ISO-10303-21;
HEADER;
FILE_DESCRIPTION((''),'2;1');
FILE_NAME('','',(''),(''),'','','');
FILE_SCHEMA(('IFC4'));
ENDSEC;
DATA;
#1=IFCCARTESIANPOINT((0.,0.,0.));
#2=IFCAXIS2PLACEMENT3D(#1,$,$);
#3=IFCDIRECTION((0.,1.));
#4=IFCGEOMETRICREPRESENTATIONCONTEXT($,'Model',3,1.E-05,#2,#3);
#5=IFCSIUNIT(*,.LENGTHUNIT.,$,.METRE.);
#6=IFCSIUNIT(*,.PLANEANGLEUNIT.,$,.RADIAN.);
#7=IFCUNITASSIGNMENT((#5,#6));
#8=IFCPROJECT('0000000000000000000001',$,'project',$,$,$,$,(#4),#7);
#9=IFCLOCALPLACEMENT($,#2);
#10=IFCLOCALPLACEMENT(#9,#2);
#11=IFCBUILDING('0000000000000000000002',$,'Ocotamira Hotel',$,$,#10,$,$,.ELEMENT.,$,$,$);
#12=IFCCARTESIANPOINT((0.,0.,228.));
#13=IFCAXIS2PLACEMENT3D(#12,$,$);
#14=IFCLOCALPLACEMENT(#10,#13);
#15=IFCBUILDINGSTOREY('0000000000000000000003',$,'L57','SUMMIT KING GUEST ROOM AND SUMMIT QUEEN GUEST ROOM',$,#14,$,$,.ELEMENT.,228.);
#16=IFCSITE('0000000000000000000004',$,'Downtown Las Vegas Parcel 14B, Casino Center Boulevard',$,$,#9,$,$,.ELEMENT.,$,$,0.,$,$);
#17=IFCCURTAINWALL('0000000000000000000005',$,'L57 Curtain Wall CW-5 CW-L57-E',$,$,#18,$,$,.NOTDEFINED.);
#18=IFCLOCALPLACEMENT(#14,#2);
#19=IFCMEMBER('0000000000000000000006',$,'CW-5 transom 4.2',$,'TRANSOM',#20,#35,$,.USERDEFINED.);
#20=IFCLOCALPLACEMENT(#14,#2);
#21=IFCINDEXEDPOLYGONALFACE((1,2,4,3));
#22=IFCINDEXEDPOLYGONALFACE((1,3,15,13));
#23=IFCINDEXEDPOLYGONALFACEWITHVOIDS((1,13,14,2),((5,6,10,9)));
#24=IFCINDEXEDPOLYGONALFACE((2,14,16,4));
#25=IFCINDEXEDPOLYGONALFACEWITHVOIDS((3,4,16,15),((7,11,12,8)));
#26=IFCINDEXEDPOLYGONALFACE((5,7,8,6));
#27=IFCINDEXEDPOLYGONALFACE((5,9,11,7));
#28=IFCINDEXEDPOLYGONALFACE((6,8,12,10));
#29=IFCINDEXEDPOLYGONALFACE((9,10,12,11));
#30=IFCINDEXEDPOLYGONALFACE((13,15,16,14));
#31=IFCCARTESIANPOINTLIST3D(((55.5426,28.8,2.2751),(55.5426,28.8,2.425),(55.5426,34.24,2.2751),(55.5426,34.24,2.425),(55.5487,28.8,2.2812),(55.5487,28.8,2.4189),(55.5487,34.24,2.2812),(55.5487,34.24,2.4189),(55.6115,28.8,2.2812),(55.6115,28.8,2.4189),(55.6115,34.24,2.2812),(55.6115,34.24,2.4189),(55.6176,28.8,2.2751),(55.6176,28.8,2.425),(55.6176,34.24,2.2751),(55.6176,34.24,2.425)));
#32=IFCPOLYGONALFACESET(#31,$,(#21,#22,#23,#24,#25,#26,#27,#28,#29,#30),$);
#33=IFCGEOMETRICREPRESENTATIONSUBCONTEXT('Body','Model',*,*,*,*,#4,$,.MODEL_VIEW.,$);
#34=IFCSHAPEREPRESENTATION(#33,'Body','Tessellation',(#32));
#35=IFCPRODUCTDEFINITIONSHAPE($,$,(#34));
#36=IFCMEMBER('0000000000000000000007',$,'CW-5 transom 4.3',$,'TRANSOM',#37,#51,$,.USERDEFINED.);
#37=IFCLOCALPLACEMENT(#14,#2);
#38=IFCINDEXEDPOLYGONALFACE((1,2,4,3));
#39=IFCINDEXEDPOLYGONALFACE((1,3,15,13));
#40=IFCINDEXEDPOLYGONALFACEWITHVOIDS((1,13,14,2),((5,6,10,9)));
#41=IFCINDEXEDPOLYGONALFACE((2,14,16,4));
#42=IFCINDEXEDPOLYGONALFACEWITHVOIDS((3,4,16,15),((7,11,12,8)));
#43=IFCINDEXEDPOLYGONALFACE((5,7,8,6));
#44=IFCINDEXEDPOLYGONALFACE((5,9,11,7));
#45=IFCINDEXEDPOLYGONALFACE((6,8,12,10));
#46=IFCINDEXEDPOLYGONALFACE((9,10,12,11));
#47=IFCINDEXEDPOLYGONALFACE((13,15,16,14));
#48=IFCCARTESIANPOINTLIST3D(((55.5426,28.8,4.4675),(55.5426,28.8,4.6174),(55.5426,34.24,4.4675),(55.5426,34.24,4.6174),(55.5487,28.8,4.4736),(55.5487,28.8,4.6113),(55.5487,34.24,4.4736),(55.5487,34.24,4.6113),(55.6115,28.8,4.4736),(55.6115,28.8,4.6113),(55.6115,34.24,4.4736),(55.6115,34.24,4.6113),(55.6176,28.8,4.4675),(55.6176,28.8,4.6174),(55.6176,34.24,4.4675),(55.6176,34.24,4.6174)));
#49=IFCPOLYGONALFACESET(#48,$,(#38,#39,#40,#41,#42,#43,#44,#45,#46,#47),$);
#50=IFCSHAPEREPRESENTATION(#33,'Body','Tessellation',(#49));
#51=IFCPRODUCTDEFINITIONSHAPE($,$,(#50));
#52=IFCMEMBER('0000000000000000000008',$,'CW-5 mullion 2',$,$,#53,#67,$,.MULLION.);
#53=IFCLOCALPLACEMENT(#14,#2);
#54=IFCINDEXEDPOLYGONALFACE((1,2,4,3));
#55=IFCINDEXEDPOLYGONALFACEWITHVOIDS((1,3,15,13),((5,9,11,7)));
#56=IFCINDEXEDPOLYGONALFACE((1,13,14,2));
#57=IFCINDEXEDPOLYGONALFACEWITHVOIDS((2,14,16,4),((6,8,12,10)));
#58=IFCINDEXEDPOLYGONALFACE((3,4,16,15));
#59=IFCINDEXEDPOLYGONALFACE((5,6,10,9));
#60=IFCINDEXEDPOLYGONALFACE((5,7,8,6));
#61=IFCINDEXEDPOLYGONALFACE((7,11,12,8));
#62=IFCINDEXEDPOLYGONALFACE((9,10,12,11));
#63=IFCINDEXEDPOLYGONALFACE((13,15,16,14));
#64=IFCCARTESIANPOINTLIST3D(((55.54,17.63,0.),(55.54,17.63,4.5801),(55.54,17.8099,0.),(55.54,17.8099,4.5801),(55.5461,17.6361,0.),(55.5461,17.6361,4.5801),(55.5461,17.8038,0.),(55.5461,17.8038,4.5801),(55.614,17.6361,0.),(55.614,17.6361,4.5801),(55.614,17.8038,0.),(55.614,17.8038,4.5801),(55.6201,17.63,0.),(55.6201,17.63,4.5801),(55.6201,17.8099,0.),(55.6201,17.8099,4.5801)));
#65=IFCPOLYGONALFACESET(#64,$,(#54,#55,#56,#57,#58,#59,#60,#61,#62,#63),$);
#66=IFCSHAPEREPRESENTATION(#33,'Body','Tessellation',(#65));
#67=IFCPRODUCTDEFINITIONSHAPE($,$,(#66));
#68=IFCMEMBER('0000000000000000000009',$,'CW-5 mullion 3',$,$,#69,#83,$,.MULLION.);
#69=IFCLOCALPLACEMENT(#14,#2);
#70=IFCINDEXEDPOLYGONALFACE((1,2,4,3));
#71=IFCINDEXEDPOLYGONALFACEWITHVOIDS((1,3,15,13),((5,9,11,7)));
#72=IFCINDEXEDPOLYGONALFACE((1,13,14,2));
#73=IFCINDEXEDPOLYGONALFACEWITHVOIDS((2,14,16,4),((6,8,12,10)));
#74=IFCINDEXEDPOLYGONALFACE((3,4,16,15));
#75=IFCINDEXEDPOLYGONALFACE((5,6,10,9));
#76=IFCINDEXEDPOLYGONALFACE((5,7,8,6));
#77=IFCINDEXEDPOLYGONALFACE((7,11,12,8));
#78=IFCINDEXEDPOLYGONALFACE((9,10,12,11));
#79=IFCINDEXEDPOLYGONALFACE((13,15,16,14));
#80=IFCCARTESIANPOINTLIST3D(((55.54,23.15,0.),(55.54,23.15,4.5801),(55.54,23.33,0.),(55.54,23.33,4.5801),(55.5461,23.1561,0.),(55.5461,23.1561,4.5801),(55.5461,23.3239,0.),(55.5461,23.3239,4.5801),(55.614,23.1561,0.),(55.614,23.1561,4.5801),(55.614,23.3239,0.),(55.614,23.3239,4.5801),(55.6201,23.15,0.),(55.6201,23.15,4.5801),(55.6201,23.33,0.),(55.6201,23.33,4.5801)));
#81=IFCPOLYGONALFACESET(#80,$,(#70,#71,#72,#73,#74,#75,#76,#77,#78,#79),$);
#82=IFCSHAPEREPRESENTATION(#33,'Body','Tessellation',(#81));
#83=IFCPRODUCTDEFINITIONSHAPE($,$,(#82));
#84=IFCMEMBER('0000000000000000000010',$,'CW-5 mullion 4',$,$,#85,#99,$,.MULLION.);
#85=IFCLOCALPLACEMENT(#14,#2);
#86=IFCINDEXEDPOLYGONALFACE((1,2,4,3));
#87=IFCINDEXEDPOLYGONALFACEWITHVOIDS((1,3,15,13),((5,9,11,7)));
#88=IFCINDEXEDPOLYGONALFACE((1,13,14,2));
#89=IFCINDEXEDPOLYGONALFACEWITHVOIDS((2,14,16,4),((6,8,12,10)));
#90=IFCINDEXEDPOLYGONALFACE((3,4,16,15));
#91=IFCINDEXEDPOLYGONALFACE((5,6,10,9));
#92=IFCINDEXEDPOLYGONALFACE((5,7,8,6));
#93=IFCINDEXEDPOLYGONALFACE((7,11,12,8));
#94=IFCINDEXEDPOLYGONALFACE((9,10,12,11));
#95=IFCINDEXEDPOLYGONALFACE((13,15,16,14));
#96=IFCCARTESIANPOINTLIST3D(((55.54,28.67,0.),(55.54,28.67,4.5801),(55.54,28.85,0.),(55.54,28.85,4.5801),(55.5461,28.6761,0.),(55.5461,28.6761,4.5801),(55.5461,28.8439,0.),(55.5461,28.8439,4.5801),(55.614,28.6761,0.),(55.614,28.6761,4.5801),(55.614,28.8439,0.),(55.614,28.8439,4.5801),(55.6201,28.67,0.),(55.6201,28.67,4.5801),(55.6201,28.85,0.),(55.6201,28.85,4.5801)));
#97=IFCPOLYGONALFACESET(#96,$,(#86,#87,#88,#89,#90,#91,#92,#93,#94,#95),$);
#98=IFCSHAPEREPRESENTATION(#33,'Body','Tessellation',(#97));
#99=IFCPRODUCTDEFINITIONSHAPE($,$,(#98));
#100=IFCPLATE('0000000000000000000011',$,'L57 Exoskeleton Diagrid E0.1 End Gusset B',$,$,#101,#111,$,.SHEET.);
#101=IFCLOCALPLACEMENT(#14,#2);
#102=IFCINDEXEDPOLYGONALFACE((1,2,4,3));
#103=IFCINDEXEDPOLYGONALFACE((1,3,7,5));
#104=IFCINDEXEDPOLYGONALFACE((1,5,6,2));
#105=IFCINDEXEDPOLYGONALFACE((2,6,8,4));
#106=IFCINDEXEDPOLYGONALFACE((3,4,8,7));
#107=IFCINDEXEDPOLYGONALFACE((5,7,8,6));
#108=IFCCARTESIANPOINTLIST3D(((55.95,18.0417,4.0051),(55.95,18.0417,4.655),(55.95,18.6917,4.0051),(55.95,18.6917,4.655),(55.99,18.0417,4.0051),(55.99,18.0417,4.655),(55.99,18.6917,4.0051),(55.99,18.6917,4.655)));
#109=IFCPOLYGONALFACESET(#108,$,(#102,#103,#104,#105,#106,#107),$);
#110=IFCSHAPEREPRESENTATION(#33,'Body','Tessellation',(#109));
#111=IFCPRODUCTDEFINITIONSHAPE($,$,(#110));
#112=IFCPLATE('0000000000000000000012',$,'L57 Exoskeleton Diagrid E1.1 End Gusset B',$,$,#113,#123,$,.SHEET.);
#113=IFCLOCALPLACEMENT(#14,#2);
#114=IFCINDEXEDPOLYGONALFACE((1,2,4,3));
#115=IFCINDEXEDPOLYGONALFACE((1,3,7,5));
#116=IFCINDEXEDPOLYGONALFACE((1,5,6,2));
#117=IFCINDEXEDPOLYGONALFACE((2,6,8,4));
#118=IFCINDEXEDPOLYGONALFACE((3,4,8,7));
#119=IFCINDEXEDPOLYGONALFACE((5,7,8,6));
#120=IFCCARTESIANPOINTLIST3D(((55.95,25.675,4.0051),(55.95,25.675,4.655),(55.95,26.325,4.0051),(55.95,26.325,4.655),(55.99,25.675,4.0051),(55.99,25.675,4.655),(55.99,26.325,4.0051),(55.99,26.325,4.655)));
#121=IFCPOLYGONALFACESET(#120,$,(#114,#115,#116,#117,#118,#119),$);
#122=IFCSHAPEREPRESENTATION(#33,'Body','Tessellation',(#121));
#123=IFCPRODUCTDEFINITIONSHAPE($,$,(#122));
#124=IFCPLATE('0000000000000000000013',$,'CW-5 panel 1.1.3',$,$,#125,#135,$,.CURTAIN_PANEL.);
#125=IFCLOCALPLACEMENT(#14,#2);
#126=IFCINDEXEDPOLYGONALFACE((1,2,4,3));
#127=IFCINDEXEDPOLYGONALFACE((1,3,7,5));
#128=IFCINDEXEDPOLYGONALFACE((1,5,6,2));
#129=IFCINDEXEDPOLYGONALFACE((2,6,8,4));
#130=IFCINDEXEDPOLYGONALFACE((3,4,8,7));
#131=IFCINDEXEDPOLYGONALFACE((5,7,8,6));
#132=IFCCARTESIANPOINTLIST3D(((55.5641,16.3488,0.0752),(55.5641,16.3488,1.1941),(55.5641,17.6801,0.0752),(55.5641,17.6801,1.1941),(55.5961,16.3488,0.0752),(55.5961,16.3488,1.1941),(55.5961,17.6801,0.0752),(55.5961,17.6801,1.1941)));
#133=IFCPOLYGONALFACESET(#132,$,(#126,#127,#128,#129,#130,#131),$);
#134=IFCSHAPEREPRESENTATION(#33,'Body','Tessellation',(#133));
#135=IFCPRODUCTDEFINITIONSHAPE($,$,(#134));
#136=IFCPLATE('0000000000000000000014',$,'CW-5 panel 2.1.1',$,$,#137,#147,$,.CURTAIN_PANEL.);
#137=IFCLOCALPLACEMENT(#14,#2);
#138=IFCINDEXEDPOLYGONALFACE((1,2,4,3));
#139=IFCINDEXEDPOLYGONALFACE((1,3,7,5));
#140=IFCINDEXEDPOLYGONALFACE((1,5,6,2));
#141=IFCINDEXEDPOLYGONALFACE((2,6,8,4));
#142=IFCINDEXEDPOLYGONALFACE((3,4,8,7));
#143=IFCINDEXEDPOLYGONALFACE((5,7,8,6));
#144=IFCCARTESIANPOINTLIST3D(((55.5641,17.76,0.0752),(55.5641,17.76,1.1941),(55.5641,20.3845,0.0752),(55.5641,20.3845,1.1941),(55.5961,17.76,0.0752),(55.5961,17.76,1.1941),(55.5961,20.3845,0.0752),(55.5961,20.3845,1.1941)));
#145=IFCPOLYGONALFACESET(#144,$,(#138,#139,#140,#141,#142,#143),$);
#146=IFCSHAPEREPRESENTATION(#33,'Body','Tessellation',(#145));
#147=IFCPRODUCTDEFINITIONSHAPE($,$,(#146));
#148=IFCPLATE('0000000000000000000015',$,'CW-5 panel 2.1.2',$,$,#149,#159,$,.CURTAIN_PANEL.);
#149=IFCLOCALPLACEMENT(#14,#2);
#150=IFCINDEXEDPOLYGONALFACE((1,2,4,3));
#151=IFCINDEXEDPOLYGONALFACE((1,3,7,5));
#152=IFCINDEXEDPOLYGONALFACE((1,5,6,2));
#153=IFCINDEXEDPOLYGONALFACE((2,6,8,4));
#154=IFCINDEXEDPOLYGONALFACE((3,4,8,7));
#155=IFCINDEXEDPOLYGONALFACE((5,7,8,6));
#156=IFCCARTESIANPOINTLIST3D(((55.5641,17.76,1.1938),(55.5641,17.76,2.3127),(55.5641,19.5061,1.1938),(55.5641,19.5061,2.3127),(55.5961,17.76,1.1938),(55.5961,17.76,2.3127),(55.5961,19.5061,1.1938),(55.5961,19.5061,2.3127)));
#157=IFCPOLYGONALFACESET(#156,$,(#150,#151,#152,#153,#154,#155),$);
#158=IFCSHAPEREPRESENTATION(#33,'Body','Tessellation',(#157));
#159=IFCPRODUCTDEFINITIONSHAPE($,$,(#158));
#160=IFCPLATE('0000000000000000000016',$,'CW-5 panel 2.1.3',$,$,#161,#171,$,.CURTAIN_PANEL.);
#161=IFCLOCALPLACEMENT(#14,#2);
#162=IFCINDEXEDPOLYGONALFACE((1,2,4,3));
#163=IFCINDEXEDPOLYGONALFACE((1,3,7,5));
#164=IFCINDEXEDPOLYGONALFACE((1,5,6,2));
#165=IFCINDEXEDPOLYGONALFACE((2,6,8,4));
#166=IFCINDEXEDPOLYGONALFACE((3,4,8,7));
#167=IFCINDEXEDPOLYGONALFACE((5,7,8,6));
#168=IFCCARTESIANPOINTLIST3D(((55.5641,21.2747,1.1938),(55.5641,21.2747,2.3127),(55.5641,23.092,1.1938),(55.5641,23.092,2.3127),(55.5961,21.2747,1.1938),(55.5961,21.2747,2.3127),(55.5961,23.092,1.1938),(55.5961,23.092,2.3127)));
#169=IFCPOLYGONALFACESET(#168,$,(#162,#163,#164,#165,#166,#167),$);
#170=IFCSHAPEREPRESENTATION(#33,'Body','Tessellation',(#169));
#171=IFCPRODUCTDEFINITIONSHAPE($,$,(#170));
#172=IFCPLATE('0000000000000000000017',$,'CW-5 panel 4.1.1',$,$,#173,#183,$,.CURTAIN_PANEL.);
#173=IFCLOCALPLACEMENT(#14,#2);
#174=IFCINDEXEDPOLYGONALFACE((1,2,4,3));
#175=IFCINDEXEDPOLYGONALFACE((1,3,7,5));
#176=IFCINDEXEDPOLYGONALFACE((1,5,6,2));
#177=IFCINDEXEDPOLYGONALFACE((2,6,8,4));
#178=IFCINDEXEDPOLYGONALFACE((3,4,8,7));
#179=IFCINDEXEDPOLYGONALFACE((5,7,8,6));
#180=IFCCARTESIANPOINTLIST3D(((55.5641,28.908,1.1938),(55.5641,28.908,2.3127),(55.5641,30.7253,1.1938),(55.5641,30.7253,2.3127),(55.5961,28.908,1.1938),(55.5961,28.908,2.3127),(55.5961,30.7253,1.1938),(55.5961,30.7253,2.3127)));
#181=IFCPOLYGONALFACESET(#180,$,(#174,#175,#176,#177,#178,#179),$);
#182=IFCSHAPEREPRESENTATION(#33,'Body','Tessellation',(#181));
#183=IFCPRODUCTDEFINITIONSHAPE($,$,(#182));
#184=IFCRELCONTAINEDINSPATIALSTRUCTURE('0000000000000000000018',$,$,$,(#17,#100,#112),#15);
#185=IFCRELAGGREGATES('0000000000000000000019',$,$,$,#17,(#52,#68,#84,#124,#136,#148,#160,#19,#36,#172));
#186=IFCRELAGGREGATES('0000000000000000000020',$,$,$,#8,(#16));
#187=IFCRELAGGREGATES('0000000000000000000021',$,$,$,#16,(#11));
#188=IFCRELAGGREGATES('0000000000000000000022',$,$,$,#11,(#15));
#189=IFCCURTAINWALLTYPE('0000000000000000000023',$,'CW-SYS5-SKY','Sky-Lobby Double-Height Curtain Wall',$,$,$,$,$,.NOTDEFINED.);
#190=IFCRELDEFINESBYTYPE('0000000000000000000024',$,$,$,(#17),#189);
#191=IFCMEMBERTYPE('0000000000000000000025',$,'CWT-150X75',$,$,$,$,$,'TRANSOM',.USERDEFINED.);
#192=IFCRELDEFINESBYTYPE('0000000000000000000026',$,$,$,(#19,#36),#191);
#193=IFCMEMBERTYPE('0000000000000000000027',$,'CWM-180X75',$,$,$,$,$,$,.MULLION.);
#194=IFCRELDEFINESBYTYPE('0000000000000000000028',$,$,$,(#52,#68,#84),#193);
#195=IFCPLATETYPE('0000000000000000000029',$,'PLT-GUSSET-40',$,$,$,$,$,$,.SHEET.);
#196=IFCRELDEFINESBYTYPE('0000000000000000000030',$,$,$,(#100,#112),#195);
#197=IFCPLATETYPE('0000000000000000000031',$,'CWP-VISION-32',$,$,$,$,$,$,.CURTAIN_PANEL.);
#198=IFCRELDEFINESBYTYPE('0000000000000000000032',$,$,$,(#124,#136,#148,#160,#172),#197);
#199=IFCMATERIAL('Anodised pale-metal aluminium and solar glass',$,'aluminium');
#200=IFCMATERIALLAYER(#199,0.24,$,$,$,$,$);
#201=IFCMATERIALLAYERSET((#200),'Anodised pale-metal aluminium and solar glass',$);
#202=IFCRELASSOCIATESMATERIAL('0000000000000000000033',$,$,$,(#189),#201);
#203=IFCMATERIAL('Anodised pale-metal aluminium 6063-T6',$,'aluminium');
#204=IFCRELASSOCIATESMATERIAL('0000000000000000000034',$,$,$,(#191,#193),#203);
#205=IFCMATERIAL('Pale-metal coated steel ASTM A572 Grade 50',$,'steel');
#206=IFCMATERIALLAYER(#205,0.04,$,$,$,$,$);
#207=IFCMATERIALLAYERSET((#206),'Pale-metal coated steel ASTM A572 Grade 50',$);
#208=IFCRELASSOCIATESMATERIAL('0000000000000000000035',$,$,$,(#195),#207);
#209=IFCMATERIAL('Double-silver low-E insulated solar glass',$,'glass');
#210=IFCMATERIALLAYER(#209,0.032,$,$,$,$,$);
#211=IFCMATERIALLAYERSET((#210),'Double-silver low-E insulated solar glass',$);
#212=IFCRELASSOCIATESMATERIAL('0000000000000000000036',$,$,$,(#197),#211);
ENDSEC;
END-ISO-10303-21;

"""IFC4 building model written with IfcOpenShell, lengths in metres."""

from ifc_helpers import new_model, si_unit, direction, frame, origin, origin_2d, place, context, subcontext, project, spatial, rectangle, hollow_rectangle, extrude, source, transform, mapped, material, layer, layer_set, material_profile, profile_set, type_object, element, aggregate, save


model = new_model("IFC4")

# Units and contexts
model_context = context("Model", 3, precision=1e-05, world=origin(), true_north=direction((0.0, 1.0)))
body_context = subcontext(model_context, "Body", "Model", "MODEL_VIEW")
ifc_project = project(units=[si_unit("LENGTHUNIT", "METRE"), si_unit("PLANEANGLEUNIT", "RADIAN")], contexts=[model_context])

# Site, building, storey
site_placement = place(None, origin())
site = spatial("IfcSite", under=ifc_project, at=site_placement, Name="Downtown Las Vegas Parcel 14B, Casino Center Boulevard", CompositionType="ELEMENT", RefElevation=0.0)
building_placement = place(site_placement, origin())
building = spatial("IfcBuilding", under=site, at=building_placement, Name="Ocotamira Hotel", CompositionType="ELEMENT")
storey_placement = place(building_placement, frame((0.0, 0.0, 228.0)))
storey = spatial("IfcBuildingStorey", under=building, at=storey_placement, Name="L57", Description="SUMMIT KING GUEST ROOM AND SUMMIT QUEEN GUEST ROOM", CompositionType="ELEMENT", Elevation=228.0)

# Curtain wall, members
ifc_material_1 = material(Name="Anodised pale-metal aluminium and solar glass", Category="aluminium")
ifc_layer_1 = layer(ifc_material_1, 0.24)
ifc_layer_set_1 = layer_set([ifc_layer_1], Name="Anodised pale-metal aluminium and solar glass")
curtain_wall_type = type_object("IfcCurtainWallType", Name="CW-SYS5-SKY", Description="Sky-Lobby Double-Height Curtain Wall", PredefinedType="NOTDEFINED", material=ifc_layer_set_1)
curtain_wall_placement = place(storey_placement, origin())
curtain_wall = element("IfcCurtainWall", 1, at=curtain_wall_placement, inside=storey, type_object=curtain_wall_type, Name="L57 Curtain Wall CW-5 CW-L57-E", PredefinedType="NOTDEFINED")
ifc_material_2 = material(Name="Anodised pale-metal aluminium 6063-T6", Category="aluminium")
ifc_material_profile_1 = material_profile(ifc_material_2, hollow_rectangle(XDim=0.075, YDim=0.1499, WallThickness=0.0061, at=origin_2d()), Name="HSS150X75X6")
ifc_profile_set_1 = profile_set([ifc_material_profile_1], Name="Anodised pale-metal aluminium 6063-T6")
member_type_1 = type_object("IfcMemberType", Name="CWT-150X75", ElementType="TRANSOM", PredefinedType="USERDEFINED", material=ifc_profile_set_1)
shared_shape_1 = source(origin(), body_context, "Body", "SweptSolid", [
    extrude(hollow_rectangle(XDim=0.075, YDim=0.1499, WallThickness=0.0061, at=origin_2d()), origin(), (0.0, 0.0, 1.0), 5.4399),
])
member_1_placement = place(storey_placement, frame((55.5801, 28.8, 2.3501), z_axis=(0.0, 1.0, 0.0), x_axis=(-1.0, 0.0, 0.0)))
member_1 = element("IfcMember", 2, at=member_1_placement, type_object=member_type_1, Name="CW-5 transom 4.2", ObjectType="TRANSOM", PredefinedType="USERDEFINED", context=body_context, shape_type="MappedRepresentation", body=[
    mapped(shared_shape_1, transform((0.0, 0.0, 0.0), scale=1.0)),
])
member_2_placement = place(storey_placement, frame((55.5801, 28.8, 4.5425), z_axis=(0.0, 1.0, 0.0), x_axis=(-1.0, 0.0, 0.0)))
member_2 = element("IfcMember", 3, at=member_2_placement, type_object=member_type_1, Name="CW-5 transom 4.3", ObjectType="TRANSOM", PredefinedType="USERDEFINED", context=body_context, shape_type="MappedRepresentation", body=[
    mapped(shared_shape_1, transform((0.0, 0.0, 0.0), scale=1.0)),
])
ifc_material_profile_2 = material_profile(ifc_material_2, hollow_rectangle(XDim=0.0801, YDim=0.1799, WallThickness=0.0061, at=origin_2d()), Name="HSS180X80X6")
ifc_profile_set_2 = profile_set([ifc_material_profile_2], Name="Anodised pale-metal aluminium 6063-T6")
member_type_2 = type_object("IfcMemberType", Name="CWM-180X75", PredefinedType="MULLION", material=ifc_profile_set_2)
shared_shape_2 = source(origin(), body_context, "Body", "SweptSolid", [
    extrude(hollow_rectangle(XDim=0.0801, YDim=0.1799, WallThickness=0.0061, at=origin_2d()), origin(), (0.0, 0.0, 1.0), 4.5801),
])
member_3_placement = place(storey_placement, frame((55.5801, 17.72, 0.0), z_axis=(0.0, 0.0, 1.0), x_axis=(-1.0, 0.0, 0.0)))
member_3 = element("IfcMember", 4, at=member_3_placement, type_object=member_type_2, Name="CW-5 mullion 2", PredefinedType="MULLION", context=body_context, shape_type="MappedRepresentation", body=[
    mapped(shared_shape_2, transform((0.0, 0.0, 0.0), scale=1.0)),
])
member_4_placement = place(storey_placement, frame((55.5801, 23.24, 0.0), z_axis=(0.0, 0.0, 1.0), x_axis=(-1.0, 0.0, 0.0)))
member_4 = element("IfcMember", 5, at=member_4_placement, type_object=member_type_2, Name="CW-5 mullion 3", PredefinedType="MULLION", context=body_context, shape_type="MappedRepresentation", body=[
    mapped(shared_shape_2, transform((0.0, 0.0, 0.0), scale=1.0)),
])
member_5_placement = place(storey_placement, frame((55.5801, 28.76, 0.0), z_axis=(0.0, 0.0, 1.0), x_axis=(-1.0, 0.0, 0.0)))
member_5 = element("IfcMember", 6, at=member_5_placement, type_object=member_type_2, Name="CW-5 mullion 4", PredefinedType="MULLION", context=body_context, shape_type="MappedRepresentation", body=[
    mapped(shared_shape_2, transform((0.0, 0.0, 0.0), scale=1.0)),
])

# Plates
ifc_material_3 = material(Name="Pale-metal coated steel ASTM A572 Grade 50", Category="steel")
ifc_layer_2 = layer(ifc_material_3, 0.04)
ifc_layer_set_2 = layer_set([ifc_layer_2], Name="Pale-metal coated steel ASTM A572 Grade 50")
plate_type_1 = type_object("IfcPlateType", Name="PLT-GUSSET-40", PredefinedType="SHEET", material=ifc_layer_set_2)
shared_shape_3 = source(origin(), body_context, "Body", "SweptSolid", [
    extrude(rectangle(XDim=0.04, YDim=0.6499, at=origin_2d()), origin(), (0.0, 0.0, 1.0), 0.6499),
])
for number, where, z_axis, x_axis, name in (
    (7, (55.97, 18.3667, 4.0051), (0.0, 0.0, 1.0), (1.0, 0.0, 0.0), "L57 Exoskeleton Diagrid E0.1 End Gusset B"),
    (8, (55.97, 26.0, 4.0051), (0.0, 0.0, 1.0), (1.0, 0.0, 0.0), "L57 Exoskeleton Diagrid E1.1 End Gusset B"),
):
    element("IfcPlate", number, at=place(storey_placement, frame(where, z_axis=z_axis, x_axis=x_axis)), inside=storey, type_object=plate_type_1, Name=name, PredefinedType="SHEET", context=body_context, shape_type="MappedRepresentation", body=[
        mapped(shared_shape_3, transform((0.0, 0.0, 0.0), scale=1.0)),
    ])

# Plates
ifc_material_4 = material(Name="Double-silver low-E insulated solar glass", Category="glass")
ifc_layer_3 = layer(ifc_material_4, 0.032)
ifc_layer_set_3 = layer_set([ifc_layer_3], Name="Double-silver low-E insulated solar glass")
plate_type_2 = type_object("IfcPlateType", Name="CWP-VISION-32", PredefinedType="CURTAIN_PANEL", material=ifc_layer_set_3)
shared_shape_4 = source(origin(), body_context, "Body", "SweptSolid", [
    extrude(rectangle(XDim=1.3313, YDim=0.032, at=origin_2d()), origin(), (0.0, 0.0, 1.0), 1.1189),
])
plate_1_placement = place(storey_placement, frame((55.5801, 17.0144, 0.0752), z_axis=(0.0, 0.0, 1.0), x_axis=(0.0, 1.0, 0.0)))
plate_1 = element("IfcPlate", 9, at=plate_1_placement, type_object=plate_type_2, Name="CW-5 panel 1.1.3", PredefinedType="CURTAIN_PANEL", context=body_context, shape_type="MappedRepresentation", body=[
    mapped(shared_shape_4, transform((0.0, 0.0, 0.0), scale=1.0)),
])
shared_shape_5 = source(origin(), body_context, "Body", "SweptSolid", [
    extrude(rectangle(XDim=2.6245, YDim=0.032, at=origin_2d()), origin(), (0.0, 0.0, 1.0), 1.1189),
])
plate_2_placement = place(storey_placement, frame((55.5801, 19.0723, 0.0752), z_axis=(0.0, 0.0, 1.0), x_axis=(0.0, 1.0, 0.0)))
plate_2 = element("IfcPlate", 10, at=plate_2_placement, type_object=plate_type_2, Name="CW-5 panel 2.1.1", PredefinedType="CURTAIN_PANEL", context=body_context, shape_type="MappedRepresentation", body=[
    mapped(shared_shape_5, transform((0.0, 0.0, 0.0), scale=1.0)),
])
shared_shape_6 = source(origin(), body_context, "Body", "SweptSolid", [
    extrude(rectangle(XDim=1.7461, YDim=0.032, at=origin_2d()), origin(), (0.0, 0.0, 1.0), 1.1189),
])
plate_3_placement = place(storey_placement, frame((55.5801, 18.6331, 1.1938), z_axis=(0.0, 0.0, 1.0), x_axis=(0.0, 1.0, 0.0)))
plate_3 = element("IfcPlate", 11, at=plate_3_placement, type_object=plate_type_2, Name="CW-5 panel 2.1.2", PredefinedType="CURTAIN_PANEL", context=body_context, shape_type="MappedRepresentation", body=[
    mapped(shared_shape_6, transform((0.0, 0.0, 0.0), scale=1.0)),
])
shared_shape_7 = source(origin(), body_context, "Body", "SweptSolid", [
    extrude(rectangle(XDim=1.8174, YDim=0.032, at=origin_2d()), origin(), (0.0, 0.0, 1.0), 1.1189),
])
plate_4_placement = place(storey_placement, frame((55.5801, 22.1833, 1.1938), z_axis=(0.0, 0.0, 1.0), x_axis=(0.0, 1.0, 0.0)))
plate_4 = element("IfcPlate", 12, at=plate_4_placement, type_object=plate_type_2, Name="CW-5 panel 2.1.3", PredefinedType="CURTAIN_PANEL", context=body_context, shape_type="MappedRepresentation", body=[
    mapped(shared_shape_7, transform((0.0, 0.0, 0.0), scale=1.0)),
])
plate_5_placement = place(storey_placement, frame((55.5801, 29.8167, 1.1938), z_axis=(0.0, 0.0, 1.0), x_axis=(0.0, 1.0, 0.0)))
plate_5 = element("IfcPlate", 13, at=plate_5_placement, type_object=plate_type_2, Name="CW-5 panel 4.1.1", PredefinedType="CURTAIN_PANEL", context=body_context, shape_type="MappedRepresentation", body=[
    mapped(shared_shape_7, transform((0.0, 0.0, 0.0), scale=1.0)),
])
aggregate(curtain_wall, [member_3, member_4, member_5, plate_1, plate_2, plate_3, plate_4, member_1, member_2, plate_5])

save(model, "model.ifc")
